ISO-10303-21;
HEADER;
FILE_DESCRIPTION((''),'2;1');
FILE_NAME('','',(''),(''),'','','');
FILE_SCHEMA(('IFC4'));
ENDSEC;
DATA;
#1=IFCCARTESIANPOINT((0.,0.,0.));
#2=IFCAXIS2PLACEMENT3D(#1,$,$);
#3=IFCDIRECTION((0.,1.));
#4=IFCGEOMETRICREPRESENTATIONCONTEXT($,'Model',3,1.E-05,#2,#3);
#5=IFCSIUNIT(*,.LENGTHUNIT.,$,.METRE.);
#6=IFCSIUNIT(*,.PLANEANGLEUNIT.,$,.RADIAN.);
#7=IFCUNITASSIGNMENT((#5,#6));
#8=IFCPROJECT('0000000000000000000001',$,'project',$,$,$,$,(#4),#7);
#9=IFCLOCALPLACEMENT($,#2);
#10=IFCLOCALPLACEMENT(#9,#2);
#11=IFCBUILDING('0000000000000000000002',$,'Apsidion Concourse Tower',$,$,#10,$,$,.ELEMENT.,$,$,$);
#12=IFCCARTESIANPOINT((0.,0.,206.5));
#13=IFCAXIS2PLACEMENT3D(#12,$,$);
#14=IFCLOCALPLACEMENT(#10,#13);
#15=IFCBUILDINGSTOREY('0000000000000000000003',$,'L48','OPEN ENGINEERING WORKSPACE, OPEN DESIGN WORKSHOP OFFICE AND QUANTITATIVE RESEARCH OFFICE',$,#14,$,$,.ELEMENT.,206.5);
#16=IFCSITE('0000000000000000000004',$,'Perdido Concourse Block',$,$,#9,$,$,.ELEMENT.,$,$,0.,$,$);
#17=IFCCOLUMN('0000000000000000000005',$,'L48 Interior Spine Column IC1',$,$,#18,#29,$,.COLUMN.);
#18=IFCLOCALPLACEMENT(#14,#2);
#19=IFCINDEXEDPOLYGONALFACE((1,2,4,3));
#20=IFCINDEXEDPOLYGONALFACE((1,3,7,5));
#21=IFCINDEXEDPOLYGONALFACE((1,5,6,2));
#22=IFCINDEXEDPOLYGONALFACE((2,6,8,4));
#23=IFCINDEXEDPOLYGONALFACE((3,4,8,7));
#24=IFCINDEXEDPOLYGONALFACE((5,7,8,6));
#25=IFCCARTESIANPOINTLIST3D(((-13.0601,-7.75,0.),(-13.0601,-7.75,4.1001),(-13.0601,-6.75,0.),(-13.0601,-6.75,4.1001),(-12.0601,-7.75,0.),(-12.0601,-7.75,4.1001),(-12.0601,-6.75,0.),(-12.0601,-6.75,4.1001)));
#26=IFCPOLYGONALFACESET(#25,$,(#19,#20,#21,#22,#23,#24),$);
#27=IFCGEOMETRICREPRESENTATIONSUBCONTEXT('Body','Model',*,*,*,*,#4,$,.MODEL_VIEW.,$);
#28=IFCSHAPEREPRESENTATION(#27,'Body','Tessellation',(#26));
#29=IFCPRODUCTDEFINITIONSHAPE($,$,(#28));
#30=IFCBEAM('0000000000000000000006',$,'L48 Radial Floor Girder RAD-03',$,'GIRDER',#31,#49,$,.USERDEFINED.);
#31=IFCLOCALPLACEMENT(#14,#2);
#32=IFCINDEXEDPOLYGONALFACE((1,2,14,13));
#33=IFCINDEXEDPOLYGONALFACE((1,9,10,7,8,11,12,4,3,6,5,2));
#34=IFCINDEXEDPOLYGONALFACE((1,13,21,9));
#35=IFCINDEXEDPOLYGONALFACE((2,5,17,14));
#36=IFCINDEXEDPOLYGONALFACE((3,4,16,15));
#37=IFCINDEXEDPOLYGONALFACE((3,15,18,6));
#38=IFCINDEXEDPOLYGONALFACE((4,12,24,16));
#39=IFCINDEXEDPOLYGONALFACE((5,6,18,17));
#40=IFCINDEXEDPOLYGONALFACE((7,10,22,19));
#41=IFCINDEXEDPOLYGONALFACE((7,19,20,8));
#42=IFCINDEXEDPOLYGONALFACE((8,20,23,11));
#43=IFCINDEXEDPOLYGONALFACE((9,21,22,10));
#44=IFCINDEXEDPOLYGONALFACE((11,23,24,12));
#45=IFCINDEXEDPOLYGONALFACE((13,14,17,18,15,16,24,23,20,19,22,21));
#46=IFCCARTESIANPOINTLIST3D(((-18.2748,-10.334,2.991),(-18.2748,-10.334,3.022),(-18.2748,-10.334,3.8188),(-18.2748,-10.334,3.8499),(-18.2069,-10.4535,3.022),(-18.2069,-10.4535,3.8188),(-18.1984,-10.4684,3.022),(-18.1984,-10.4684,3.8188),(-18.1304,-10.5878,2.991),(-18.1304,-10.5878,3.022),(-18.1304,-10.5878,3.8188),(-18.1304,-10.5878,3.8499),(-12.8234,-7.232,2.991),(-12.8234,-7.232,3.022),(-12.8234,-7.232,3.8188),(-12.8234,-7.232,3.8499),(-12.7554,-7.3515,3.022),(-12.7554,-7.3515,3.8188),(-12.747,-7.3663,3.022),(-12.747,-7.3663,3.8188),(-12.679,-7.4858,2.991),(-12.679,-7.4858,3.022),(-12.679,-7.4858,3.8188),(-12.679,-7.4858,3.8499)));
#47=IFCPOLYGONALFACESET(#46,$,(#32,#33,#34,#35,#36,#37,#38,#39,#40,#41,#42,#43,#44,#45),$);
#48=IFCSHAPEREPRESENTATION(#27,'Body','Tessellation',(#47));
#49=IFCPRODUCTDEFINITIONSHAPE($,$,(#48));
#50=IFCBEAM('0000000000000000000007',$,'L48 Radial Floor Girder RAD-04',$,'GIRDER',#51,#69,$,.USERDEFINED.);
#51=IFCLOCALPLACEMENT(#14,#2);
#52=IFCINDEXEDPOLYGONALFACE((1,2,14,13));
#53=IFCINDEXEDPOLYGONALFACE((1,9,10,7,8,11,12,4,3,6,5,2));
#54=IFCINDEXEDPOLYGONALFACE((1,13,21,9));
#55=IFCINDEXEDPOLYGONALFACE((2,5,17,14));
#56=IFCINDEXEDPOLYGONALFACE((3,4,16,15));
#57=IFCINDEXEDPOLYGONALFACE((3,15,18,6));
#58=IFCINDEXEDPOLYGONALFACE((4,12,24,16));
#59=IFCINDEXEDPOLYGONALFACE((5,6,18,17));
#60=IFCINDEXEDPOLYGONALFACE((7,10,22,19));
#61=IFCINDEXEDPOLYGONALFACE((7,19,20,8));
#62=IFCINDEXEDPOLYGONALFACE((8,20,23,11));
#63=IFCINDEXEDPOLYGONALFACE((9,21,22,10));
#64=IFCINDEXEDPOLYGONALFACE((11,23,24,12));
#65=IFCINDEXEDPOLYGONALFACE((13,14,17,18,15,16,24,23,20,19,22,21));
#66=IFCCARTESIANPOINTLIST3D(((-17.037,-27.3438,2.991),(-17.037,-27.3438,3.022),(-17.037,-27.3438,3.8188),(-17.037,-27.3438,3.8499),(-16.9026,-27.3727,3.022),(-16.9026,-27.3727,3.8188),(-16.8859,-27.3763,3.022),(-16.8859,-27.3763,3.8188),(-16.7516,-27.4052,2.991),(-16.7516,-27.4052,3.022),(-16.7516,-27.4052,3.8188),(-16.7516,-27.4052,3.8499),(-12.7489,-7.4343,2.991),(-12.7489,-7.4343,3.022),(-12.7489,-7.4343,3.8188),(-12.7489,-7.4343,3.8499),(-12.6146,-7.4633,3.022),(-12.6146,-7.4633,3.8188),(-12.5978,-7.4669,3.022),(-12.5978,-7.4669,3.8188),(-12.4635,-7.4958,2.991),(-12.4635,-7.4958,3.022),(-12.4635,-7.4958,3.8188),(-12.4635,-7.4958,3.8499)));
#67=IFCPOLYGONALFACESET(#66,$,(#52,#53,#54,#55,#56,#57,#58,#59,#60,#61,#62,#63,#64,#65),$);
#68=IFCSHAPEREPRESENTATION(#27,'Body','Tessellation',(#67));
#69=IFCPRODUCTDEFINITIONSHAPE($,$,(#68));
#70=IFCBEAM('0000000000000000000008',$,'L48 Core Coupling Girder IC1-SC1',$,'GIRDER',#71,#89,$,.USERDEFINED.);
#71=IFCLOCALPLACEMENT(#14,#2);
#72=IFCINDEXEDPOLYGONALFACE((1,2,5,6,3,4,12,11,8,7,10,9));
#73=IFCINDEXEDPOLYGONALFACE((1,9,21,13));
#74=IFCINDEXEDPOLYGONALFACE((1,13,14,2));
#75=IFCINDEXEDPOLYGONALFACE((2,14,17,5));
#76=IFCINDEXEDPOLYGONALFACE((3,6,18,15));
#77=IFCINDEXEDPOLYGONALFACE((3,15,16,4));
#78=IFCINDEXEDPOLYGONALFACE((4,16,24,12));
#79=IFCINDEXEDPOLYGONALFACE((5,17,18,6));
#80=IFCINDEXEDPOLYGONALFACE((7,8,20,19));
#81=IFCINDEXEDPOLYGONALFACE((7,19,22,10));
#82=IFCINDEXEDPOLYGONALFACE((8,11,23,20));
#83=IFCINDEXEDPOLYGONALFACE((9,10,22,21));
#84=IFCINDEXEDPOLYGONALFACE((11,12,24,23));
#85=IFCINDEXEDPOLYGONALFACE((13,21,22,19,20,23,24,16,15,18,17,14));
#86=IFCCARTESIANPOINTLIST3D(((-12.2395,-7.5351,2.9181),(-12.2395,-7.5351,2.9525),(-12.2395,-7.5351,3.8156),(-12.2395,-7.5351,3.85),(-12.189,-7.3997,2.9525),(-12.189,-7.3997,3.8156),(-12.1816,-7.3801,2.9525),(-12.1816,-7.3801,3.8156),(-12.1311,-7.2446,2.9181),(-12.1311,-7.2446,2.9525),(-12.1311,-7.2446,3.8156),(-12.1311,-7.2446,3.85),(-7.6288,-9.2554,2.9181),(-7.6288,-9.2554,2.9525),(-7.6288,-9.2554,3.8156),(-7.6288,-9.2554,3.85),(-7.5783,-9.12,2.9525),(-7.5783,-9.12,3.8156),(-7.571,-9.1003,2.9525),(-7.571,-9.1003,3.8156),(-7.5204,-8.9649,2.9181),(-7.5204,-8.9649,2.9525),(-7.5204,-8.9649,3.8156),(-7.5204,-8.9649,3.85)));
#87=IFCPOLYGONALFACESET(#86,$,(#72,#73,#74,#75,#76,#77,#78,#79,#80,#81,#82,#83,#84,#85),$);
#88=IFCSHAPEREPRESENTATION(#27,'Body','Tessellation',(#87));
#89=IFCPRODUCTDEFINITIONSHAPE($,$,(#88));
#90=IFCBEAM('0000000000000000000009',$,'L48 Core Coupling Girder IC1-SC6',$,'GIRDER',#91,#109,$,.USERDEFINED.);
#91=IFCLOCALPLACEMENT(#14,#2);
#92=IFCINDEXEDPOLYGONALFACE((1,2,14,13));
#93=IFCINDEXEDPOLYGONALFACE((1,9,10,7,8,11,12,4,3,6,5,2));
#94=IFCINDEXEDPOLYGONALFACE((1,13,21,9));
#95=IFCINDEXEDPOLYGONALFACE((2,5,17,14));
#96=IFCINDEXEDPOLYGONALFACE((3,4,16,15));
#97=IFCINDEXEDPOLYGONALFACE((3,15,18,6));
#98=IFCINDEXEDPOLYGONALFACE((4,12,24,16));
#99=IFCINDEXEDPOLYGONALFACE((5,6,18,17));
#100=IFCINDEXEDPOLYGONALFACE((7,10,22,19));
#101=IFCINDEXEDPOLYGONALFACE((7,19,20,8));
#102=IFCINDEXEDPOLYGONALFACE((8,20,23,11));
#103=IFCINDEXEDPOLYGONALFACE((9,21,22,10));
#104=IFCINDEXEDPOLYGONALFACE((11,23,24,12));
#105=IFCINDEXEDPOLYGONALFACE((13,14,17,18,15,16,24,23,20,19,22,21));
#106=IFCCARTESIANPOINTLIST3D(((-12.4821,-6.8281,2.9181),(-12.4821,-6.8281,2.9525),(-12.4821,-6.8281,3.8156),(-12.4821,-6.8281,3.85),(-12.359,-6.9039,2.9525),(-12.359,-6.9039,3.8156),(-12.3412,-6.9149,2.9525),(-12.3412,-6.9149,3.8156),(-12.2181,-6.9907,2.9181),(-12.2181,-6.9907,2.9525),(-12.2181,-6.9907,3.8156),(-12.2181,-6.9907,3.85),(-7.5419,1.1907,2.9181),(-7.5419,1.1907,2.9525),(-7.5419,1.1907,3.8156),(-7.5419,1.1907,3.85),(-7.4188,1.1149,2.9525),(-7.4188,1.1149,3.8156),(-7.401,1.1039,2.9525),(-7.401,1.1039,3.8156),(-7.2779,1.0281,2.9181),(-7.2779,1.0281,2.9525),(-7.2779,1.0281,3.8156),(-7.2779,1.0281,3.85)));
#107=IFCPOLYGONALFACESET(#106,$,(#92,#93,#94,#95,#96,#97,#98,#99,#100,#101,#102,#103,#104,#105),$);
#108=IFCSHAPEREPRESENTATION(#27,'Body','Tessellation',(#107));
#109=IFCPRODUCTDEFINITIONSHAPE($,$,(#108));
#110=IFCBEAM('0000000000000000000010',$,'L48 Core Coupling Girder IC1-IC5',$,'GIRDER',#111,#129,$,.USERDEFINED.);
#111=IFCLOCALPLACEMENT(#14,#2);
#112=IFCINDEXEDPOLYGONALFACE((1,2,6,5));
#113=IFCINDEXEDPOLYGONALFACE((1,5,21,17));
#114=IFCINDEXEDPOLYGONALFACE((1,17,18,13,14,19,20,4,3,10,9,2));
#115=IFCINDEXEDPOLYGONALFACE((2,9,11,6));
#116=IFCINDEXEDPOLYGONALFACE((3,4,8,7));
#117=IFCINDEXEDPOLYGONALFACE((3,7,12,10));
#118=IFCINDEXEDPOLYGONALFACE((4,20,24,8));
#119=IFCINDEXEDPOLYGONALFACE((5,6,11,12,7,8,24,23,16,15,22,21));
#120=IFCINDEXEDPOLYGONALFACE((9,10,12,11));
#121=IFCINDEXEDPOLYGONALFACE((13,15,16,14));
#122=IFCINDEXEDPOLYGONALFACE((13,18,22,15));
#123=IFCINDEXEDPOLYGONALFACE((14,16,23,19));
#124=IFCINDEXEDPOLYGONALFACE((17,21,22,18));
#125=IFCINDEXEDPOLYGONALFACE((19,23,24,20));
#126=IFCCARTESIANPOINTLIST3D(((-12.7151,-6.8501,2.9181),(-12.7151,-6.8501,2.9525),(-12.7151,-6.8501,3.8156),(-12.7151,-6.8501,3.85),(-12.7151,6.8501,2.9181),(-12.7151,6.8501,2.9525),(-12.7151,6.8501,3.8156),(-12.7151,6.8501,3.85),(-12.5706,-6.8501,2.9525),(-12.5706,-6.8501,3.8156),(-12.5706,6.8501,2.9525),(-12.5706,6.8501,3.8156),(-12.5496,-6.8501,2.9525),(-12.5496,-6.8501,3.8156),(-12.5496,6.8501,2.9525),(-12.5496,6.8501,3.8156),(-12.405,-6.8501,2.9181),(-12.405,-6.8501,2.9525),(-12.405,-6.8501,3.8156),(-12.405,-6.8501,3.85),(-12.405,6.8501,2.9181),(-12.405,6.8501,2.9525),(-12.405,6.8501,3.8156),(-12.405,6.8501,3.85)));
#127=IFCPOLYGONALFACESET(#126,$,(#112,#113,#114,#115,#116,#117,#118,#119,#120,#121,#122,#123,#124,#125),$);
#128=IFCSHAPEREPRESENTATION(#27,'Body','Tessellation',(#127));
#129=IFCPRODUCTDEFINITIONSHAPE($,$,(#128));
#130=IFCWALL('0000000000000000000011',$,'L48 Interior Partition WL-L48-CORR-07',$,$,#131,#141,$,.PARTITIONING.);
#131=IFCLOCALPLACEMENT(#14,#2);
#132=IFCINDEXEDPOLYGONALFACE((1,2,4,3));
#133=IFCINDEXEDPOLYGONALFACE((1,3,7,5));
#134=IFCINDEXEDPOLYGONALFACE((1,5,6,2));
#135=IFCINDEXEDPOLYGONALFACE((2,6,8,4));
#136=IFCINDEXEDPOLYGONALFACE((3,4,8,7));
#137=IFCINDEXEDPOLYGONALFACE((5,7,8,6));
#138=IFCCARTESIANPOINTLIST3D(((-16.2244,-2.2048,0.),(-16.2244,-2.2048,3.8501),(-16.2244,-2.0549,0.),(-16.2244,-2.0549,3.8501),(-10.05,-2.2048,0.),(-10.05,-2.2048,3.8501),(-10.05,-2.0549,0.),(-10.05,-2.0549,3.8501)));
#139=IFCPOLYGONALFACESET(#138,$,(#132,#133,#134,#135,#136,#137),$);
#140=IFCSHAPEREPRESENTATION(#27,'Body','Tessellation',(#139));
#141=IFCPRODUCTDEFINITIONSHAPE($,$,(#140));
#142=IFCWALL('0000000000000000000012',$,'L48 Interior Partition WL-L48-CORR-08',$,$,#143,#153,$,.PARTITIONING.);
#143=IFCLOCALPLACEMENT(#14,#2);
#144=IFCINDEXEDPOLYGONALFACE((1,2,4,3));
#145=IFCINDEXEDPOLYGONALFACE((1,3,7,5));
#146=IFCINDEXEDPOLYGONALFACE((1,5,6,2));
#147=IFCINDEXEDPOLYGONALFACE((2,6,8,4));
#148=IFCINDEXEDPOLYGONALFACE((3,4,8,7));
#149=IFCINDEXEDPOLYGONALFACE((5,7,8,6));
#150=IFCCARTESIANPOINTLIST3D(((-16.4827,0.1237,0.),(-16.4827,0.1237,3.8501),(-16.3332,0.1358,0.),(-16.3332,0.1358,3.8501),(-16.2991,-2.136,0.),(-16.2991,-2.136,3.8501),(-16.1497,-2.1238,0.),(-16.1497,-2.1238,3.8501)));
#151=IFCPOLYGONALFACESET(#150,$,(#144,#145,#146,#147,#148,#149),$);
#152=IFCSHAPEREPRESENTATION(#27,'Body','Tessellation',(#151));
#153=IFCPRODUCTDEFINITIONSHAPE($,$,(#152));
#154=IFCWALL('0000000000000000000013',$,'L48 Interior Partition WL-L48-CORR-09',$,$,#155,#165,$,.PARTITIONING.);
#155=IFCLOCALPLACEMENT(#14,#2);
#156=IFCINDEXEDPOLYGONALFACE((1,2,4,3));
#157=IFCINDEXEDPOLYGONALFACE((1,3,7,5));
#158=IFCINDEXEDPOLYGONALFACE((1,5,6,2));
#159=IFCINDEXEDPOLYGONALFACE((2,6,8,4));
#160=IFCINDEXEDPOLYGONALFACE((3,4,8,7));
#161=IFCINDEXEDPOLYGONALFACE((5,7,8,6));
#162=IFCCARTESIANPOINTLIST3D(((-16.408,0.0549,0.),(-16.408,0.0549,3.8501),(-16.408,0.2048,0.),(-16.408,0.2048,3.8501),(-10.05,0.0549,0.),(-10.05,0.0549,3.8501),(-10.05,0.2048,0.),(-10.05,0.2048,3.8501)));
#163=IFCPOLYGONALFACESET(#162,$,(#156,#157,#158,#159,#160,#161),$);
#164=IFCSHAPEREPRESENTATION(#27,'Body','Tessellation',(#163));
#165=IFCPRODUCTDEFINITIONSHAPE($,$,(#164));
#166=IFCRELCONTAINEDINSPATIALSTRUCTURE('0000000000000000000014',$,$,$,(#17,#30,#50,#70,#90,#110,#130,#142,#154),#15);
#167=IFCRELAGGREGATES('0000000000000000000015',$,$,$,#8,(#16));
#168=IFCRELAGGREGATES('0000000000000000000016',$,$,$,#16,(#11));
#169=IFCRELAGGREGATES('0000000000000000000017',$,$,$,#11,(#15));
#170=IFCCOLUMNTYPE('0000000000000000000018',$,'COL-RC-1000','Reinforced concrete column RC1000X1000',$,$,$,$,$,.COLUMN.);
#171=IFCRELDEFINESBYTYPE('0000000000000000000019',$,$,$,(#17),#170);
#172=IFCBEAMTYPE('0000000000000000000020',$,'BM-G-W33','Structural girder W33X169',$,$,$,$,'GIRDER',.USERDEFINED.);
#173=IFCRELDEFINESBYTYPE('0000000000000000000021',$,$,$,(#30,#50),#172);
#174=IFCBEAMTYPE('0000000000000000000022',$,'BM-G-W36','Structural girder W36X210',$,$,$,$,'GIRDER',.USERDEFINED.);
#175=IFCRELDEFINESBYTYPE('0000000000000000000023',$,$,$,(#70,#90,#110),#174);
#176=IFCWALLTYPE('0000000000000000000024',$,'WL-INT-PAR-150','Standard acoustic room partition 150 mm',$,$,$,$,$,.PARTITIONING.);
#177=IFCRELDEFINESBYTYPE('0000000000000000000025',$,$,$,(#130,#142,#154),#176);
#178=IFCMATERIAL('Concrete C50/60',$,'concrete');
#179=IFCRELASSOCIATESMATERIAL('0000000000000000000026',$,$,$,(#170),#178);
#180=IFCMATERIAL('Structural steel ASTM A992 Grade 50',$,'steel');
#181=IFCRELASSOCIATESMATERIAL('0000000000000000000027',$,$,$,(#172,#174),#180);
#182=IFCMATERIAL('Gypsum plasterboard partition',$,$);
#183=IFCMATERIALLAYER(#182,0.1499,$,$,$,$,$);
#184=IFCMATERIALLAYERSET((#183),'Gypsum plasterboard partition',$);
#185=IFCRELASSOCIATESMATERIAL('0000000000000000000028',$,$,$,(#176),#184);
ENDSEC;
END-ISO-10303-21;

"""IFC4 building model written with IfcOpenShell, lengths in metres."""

from ifc_helpers import new_model, si_unit, direction, frame, frame_2d, origin, origin_2d, place, context, subcontext, project, spatial, rectangle, i_section, extrude, material, layer, layer_set, material_profile, profile_set, type_object, element, save


model = new_model("IFC4")

# Units and contexts
model_context = context("Model", 3, precision=1e-05, world=origin(), true_north=direction((0.0, 1.0)))
body_context = subcontext(model_context, "Body", "Model", "MODEL_VIEW")
ifc_project = project(units=[si_unit("LENGTHUNIT", "METRE"), si_unit("PLANEANGLEUNIT", "RADIAN")], contexts=[model_context])

# Site, building, storey
site_placement = place(None, origin())
site = spatial("IfcSite", under=ifc_project, at=site_placement, Name="Perdido Concourse Block", CompositionType="ELEMENT", RefElevation=0.0)
building_placement = place(site_placement, origin())
building = spatial("IfcBuilding", under=site, at=building_placement, Name="Apsidion Concourse Tower", CompositionType="ELEMENT")
storey_placement = place(building_placement, frame((0.0, 0.0, 206.5)))
storey = spatial("IfcBuildingStorey", under=building, at=storey_placement, Name="L48", Description="OPEN ENGINEERING WORKSPACE, OPEN DESIGN WORKSHOP OFFICE AND QUANTITATIVE RESEARCH OFFICE", CompositionType="ELEMENT", Elevation=206.5)

# Column
ifc_material_1 = material(Name="Concrete C50/60", Category="concrete")
ifc_material_profile_1 = material_profile(ifc_material_1, rectangle(XDim=1.0, YDim=1.0, at=origin_2d()), Name="RC 1000x1000")
ifc_profile_set_1 = profile_set([ifc_material_profile_1], Name="Concrete C50/60")
column_type = type_object("IfcColumnType", Name="COL-RC-1000", Description="Reinforced concrete column RC1000X1000", PredefinedType="COLUMN", material=ifc_profile_set_1)
column_placement = place(storey_placement, frame((-12.5601, -7.25, 0.0), z_axis=(0.0, 0.0, 1.0), x_axis=(1.0, 0.0, 0.0)))
element("IfcColumn", 1, at=column_placement, inside=storey, type_object=column_type, Name="L48 Interior Spine Column IC1", PredefinedType="COLUMN", context=body_context, shape_type="SweptSolid", body=[
    extrude(rectangle(XDim=1.0, YDim=1.0, at=origin_2d()), origin(), (0.0, 0.0, 1.0), 4.1001),
])

# Beams
ifc_material_2 = material(Name="Structural steel ASTM A992 Grade 50", Category="steel")
ifc_material_profile_2 = material_profile(ifc_material_2, i_section(OverallWidth=0.292, OverallDepth=0.8589, WebThickness=0.0171, FlangeThickness=0.031, at=origin_2d()), Name="W33X169")
ifc_profile_set_2 = profile_set([ifc_material_profile_2], Name="Structural steel ASTM A992 Grade 50")
beam_type_1 = type_object("IfcBeamType", Name="BM-G-W33", Description="Structural girder W33X169", ElementType="GIRDER", PredefinedType="USERDEFINED", material=ifc_profile_set_2)
beam_1_placement = place(storey_placement, frame((-12.7512, -7.3589, 3.4204), z_axis=(-0.869138, -0.49457, 0.0), x_axis=(0.49457, -0.869138, 0.0)))
element("IfcBeam", 2, at=beam_1_placement, inside=storey, type_object=beam_type_1, Name="L48 Radial Floor Girder RAD-03", ObjectType="GIRDER", PredefinedType="USERDEFINED", context=body_context, shape_type="SweptSolid", body=[
    extrude(i_section(OverallWidth=0.292, OverallDepth=0.8589, WebThickness=0.0171, FlangeThickness=0.031, at=origin_2d()), origin(), (0.0, 0.0, 1.0), 6.2722),
])
beam_2_placement = place(storey_placement, frame((-12.6062, -7.4651, 3.4204), z_axis=(-0.210551, -0.977583, 0.0), x_axis=(0.977583, -0.210551, 0.0)))
element("IfcBeam", 3, at=beam_2_placement, inside=storey, type_object=beam_type_1, Name="L48 Radial Floor Girder RAD-04", ObjectType="GIRDER", PredefinedType="USERDEFINED", context=body_context, shape_type="SweptSolid", body=[
    extrude(i_section(OverallWidth=0.292, OverallDepth=0.8589, WebThickness=0.0171, FlangeThickness=0.031, at=origin_2d()), origin(), (0.0, 0.0, 1.0), 20.366),
])
ifc_material_profile_3 = material_profile(ifc_material_2, i_section(OverallWidth=0.3101, OverallDepth=0.9319, WebThickness=0.021, FlangeThickness=0.0344, at=origin_2d()), Name="W36X210")
ifc_profile_set_3 = profile_set([ifc_material_profile_3], Name="Structural steel ASTM A992 Grade 50")
beam_type_2 = type_object("IfcBeamType", Name="BM-G-W36", Description="Structural girder W36X210", ElementType="GIRDER", PredefinedType="USERDEFINED", material=ifc_profile_set_3)
beam_3_placement = place(storey_placement, frame((-12.1853, -7.3899, 3.384), z_axis=(0.936913, -0.349563, 0.0), x_axis=(0.349563, 0.936913, 0.0)))
element("IfcBeam", 4, at=beam_3_placement, inside=storey, type_object=beam_type_2, Name="L48 Core Coupling Girder IC1-SC1", ObjectType="GIRDER", PredefinedType="USERDEFINED", context=body_context, shape_type="SweptSolid", body=[
    extrude(i_section(OverallWidth=0.3101, OverallDepth=0.9319, WebThickness=0.021, FlangeThickness=0.0344, at=origin_2d()), origin(), (0.0, 0.0, 1.0), 4.9211),
])
beam_4_placement = place(storey_placement, frame((-12.3501, -6.9094, 3.384), z_axis=(0.524524, 0.851396, 0.0), x_axis=(-0.851396, 0.524524, 0.0)))
element("IfcBeam", 5, at=beam_4_placement, inside=storey, type_object=beam_type_2, Name="L48 Core Coupling Girder IC1-SC6", ObjectType="GIRDER", PredefinedType="USERDEFINED", context=body_context, shape_type="SweptSolid", body=[
    extrude(i_section(OverallWidth=0.3101, OverallDepth=0.9319, WebThickness=0.021, FlangeThickness=0.0344, at=origin_2d()), origin(), (0.0, 0.0, 1.0), 9.4185),
])
beam_5_placement = place(storey_placement, frame((-12.5601, -6.8501, 3.384), z_axis=(0.0, 1.0, 0.0), x_axis=(-1.0, 0.0, 0.0)))
element("IfcBeam", 6, at=beam_5_placement, inside=storey, type_object=beam_type_2, Name="L48 Core Coupling Girder IC1-IC5", ObjectType="GIRDER", PredefinedType="USERDEFINED", context=body_context, shape_type="SweptSolid", body=[
    extrude(i_section(OverallWidth=0.3101, OverallDepth=0.9319, WebThickness=0.021, FlangeThickness=0.0344, at=origin_2d()), origin(), (0.0, 0.0, 1.0), 13.7002),
])

# Walls
ifc_material_3 = material(Name="Gypsum plasterboard partition")
ifc_layer_1 = layer(ifc_material_3, 0.1499)
ifc_layer_set_1 = layer_set([ifc_layer_1], Name="Gypsum plasterboard partition")
wall_type_1 = type_object("IfcWallType", Name="WL-INT-PAR-150", Description="Standard acoustic room partition 150 mm", PredefinedType="PARTITIONING", material=ifc_layer_set_1)
wall_1_placement = place(storey_placement, frame((-10.05, -2.1299, 0.0), z_axis=(0.0, 0.0, 1.0), x_axis=(-1.0, 0.0, 0.0)))
element("IfcWall", 7, at=wall_1_placement, inside=storey, type_object=wall_type_1, Name="L48 Interior Partition WL-L48-CORR-07", PredefinedType="PARTITIONING", context=body_context, shape_type="SweptSolid", body=[
    extrude(rectangle(XDim=6.1743, YDim=0.1499, at=frame_2d((3.0872, 0.0))), origin(), (0.0, 0.0, 1.0), 3.8501),
])
wall_2_placement = place(storey_placement, frame((-16.2244, -2.1299, 0.0), z_axis=(0.0, 0.0, 1.0), x_axis=(-0.080978, 0.996716, 0.0)))
element("IfcWall", 8, at=wall_2_placement, inside=storey, type_object=wall_type_1, Name="L48 Interior Partition WL-L48-CORR-08", PredefinedType="PARTITIONING", context=body_context, shape_type="SweptSolid", body=[
    extrude(rectangle(XDim=2.2671, YDim=0.1499, at=frame_2d((1.1335, 0.0))), origin(), (0.0, 0.0, 1.0), 3.8501),
])
wall_3_placement = place(storey_placement, frame((-16.408, 0.1299, 0.0), z_axis=(0.0, 0.0, 1.0), x_axis=(1.0, 0.0, 0.0)))
element("IfcWall", 9, at=wall_3_placement, inside=storey, type_object=wall_type_1, Name="L48 Interior Partition WL-L48-CORR-09", PredefinedType="PARTITIONING", context=body_context, shape_type="SweptSolid", body=[
    extrude(rectangle(XDim=6.3579, YDim=0.1499, at=frame_2d((3.179, 0.0))), origin(), (0.0, 0.0, 1.0), 3.8501),
])

save(model, "model.ifc")
